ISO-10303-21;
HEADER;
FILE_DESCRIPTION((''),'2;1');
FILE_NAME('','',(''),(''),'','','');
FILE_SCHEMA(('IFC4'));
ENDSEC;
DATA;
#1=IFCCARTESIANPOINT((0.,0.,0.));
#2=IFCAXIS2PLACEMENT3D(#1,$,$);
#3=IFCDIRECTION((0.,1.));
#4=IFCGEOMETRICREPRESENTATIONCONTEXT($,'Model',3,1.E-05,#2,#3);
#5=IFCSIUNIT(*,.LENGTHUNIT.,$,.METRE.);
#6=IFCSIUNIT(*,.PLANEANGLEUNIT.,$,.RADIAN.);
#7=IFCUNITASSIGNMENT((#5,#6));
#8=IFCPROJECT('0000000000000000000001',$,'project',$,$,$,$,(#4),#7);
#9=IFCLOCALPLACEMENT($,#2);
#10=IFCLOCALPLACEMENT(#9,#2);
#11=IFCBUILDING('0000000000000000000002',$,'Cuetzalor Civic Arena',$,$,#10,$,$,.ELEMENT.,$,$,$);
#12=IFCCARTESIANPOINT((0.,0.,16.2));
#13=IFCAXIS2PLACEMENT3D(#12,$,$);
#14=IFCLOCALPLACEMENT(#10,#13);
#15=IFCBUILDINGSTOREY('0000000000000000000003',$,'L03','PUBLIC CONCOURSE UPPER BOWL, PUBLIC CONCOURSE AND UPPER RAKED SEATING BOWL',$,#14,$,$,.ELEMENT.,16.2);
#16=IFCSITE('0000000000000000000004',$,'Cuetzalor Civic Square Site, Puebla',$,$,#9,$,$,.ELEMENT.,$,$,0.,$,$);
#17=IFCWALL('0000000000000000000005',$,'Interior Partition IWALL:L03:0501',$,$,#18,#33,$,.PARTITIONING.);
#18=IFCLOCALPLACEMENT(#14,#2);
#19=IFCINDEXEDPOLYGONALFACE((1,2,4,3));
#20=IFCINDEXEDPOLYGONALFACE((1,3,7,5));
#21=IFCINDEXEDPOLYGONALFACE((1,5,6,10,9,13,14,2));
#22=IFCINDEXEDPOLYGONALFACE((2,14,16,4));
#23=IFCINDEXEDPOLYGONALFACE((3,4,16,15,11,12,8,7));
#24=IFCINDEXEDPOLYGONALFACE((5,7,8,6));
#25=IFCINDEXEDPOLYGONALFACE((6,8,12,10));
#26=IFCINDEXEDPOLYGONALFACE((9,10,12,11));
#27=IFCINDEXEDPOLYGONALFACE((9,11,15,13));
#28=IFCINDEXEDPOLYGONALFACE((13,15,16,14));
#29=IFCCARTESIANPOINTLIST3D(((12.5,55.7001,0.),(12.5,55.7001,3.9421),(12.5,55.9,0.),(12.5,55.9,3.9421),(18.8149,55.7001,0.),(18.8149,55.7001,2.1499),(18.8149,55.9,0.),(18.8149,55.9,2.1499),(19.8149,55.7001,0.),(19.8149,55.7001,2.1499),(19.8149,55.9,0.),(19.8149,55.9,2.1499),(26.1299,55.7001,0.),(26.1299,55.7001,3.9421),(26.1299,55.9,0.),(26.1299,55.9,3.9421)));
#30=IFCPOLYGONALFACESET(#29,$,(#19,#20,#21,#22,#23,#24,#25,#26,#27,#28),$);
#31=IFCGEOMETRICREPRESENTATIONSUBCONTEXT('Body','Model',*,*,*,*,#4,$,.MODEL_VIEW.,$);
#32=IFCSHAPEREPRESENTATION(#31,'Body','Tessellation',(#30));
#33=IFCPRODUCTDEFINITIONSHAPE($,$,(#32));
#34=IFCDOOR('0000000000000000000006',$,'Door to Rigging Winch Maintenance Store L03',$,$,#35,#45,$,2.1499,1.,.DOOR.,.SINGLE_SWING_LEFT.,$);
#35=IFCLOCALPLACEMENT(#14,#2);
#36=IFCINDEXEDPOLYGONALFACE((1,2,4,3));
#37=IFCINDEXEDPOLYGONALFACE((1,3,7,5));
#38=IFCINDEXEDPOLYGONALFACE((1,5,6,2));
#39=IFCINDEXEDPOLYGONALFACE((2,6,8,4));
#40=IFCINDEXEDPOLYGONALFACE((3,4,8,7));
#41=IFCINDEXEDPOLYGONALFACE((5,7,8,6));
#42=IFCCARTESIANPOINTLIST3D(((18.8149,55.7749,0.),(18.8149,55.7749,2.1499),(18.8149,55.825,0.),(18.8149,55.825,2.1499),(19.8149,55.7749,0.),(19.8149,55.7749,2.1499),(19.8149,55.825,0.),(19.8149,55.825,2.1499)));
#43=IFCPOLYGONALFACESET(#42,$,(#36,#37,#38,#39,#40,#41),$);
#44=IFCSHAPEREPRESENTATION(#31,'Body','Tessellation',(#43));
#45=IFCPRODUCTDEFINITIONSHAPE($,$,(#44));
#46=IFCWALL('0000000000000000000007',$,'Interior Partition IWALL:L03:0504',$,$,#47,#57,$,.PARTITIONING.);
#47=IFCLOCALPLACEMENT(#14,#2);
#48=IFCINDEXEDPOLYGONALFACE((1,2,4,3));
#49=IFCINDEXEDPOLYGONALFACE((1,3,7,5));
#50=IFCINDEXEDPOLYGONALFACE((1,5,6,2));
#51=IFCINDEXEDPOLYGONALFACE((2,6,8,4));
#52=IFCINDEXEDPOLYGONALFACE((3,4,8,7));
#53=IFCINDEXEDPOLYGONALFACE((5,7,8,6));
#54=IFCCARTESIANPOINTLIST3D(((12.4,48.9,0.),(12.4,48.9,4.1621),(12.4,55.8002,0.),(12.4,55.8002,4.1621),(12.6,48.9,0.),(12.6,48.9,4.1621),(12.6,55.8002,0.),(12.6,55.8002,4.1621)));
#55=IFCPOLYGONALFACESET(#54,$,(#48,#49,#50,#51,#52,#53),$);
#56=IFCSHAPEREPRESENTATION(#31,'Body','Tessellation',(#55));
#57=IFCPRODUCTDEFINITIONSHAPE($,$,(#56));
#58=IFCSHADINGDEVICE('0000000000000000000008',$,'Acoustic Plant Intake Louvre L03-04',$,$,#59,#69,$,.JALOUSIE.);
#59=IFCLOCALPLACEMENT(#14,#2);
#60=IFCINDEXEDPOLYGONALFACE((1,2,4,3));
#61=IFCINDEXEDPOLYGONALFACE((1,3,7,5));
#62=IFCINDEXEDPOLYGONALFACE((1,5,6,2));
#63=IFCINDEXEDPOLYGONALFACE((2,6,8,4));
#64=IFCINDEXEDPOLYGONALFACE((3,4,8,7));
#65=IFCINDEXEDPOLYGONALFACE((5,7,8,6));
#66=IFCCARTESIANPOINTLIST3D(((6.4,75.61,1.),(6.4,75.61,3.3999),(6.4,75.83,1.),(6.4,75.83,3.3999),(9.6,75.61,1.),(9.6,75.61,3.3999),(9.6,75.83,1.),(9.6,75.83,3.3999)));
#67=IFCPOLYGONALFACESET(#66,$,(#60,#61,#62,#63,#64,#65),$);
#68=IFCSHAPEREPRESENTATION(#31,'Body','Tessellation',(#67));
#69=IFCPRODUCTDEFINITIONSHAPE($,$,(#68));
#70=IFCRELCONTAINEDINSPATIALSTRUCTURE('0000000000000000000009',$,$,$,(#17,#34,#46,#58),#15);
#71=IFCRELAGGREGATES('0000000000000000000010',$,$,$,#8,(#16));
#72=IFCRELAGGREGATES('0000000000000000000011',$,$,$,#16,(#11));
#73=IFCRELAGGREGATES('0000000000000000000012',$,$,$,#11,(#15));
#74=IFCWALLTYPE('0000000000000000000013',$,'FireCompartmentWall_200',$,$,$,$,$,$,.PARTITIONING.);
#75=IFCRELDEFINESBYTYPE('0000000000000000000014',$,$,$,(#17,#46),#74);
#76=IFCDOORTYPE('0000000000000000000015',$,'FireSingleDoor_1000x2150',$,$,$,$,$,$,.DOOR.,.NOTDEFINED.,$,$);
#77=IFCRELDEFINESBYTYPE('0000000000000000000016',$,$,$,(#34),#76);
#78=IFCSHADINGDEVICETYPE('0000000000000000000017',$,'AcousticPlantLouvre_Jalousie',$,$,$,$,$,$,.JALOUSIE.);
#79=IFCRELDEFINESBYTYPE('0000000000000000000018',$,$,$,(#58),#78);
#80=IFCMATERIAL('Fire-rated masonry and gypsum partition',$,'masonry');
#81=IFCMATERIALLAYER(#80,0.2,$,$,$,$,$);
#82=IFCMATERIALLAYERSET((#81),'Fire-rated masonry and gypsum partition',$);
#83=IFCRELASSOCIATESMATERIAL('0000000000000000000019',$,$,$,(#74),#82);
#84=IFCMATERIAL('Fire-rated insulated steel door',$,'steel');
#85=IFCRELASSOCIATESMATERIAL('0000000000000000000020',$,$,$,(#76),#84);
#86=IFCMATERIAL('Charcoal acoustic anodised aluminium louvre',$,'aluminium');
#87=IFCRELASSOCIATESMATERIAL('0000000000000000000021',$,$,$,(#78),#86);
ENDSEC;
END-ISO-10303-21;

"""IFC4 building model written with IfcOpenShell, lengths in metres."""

from ifc_helpers import new_model, si_unit, direction, frame, frame_2d, origin, origin_2d, place, context, subcontext, project, spatial, rectangle, extrude, material, layer, layer_set, type_object, element, fill, save


model = new_model("IFC4")

# Units and contexts
model_context = context("Model", 3, precision=1e-05, world=origin(), true_north=direction((0.0, 1.0)))
body_context = subcontext(model_context, "Body", "Model", "MODEL_VIEW")
ifc_project = project(units=[si_unit("LENGTHUNIT", "METRE"), si_unit("PLANEANGLEUNIT", "RADIAN")], contexts=[model_context])

# Site, building, storey
site_placement = place(None, origin())
site = spatial("IfcSite", under=ifc_project, at=site_placement, Name="Cuetzalor Civic Square Site, Puebla", CompositionType="ELEMENT", RefElevation=0.0)
building_placement = place(site_placement, origin())
building = spatial("IfcBuilding", under=site, at=building_placement, Name="Cuetzalor Civic Arena", CompositionType="ELEMENT")
storey_placement = place(building_placement, frame((0.0, 0.0, 16.2)))
storey = spatial("IfcBuildingStorey", under=building, at=storey_placement, Name="L03", Description="PUBLIC CONCOURSE UPPER BOWL, PUBLIC CONCOURSE AND UPPER RAKED SEATING BOWL", CompositionType="ELEMENT", Elevation=16.2)

# Shared definitions
ifc_material_1 = material(Name="Fire-rated masonry and gypsum partition", Category="masonry")
ifc_layer_1 = layer(ifc_material_1, 0.2)
ifc_layer_set_1 = layer_set([ifc_layer_1], Name="Fire-rated masonry and gypsum partition")
wall_type_1 = type_object("IfcWallType", Name="FireCompartmentWall_200", PredefinedType="PARTITIONING", material=ifc_layer_set_1)
ifc_material_2 = material(Name="Fire-rated insulated steel door", Category="steel")
door_type = type_object("IfcDoorType", Name="FireSingleDoor_1000x2150", OperationType="NOTDEFINED", PredefinedType="DOOR", material=ifc_material_2)

# Wall, opening, door
wall_1_placement = place(storey_placement, frame((12.5, 55.8, 0.0), z_axis=(0.0, 0.0, 1.0), x_axis=(1.0, 0.0, 0.0)))
wall_1 = element("IfcWall", 1, at=wall_1_placement, inside=storey, type_object=wall_type_1, Name="Interior Partition IWALL:L03:0501", PredefinedType="PARTITIONING", context=body_context, shape_type="SweptSolid", body=[
    extrude(rectangle(XDim=13.6299, YDim=0.2, at=frame_2d((6.8149, 0.0))), origin(), (0.0, 0.0, 1.0), 3.9421),
])
opening_1_placement = place(wall_1_placement, frame((6.3149, 0.0, 0.0)))
opening_1 = element("IfcOpeningElement", 2, at=opening_1_placement, cuts=wall_1, PredefinedType="OPENING", context=body_context, shape_type="SweptSolid", body=[
    extrude(rectangle(XDim=1.0, YDim=2.1499, at=frame_2d((0.5, 1.075))), frame((0.0, 0.1099, 0.0), z_axis=(0.0, -1.0, 0.0), x_axis=(1.0, 0.0, 0.0)), (0.0, 0.0, 1.0), 0.22),
])
door_1_placement = place(opening_1_placement, origin())
door_1 = element("IfcDoor", 3, at=door_1_placement, inside=storey, type_object=door_type, Name="Door to Rigging Winch Maintenance Store L03", OperationType="SINGLE_SWING_LEFT", OverallHeight=2.1499, OverallWidth=1.0, PredefinedType="DOOR", context=body_context, shape_type="SweptSolid", body=[
    extrude(rectangle(XDim=1.0, YDim=2.1499, at=frame_2d((0.5, 1.075))), frame((0.0, 0.0249, 0.0), z_axis=(0.0, -1.0, 0.0), x_axis=(1.0, 0.0, 0.0)), (0.0, 0.0, 1.0), 0.05),
])
fill(opening_1, door_1)

# Wall
wall_2_placement = place(storey_placement, frame((12.5, 48.8999, 0.0), z_axis=(0.0, 0.0, 1.0), x_axis=(0.0, 1.0, 0.0)))
element("IfcWall", 4, at=wall_2_placement, inside=storey, type_object=wall_type_1, Name="Interior Partition IWALL:L03:0504", PredefinedType="PARTITIONING", context=body_context, shape_type="SweptSolid", body=[
    extrude(rectangle(XDim=6.9001, YDim=0.2, at=frame_2d((3.4502, 0.0))), origin(), (0.0, 0.0, 1.0), 4.1621),
])

# Shading device
ifc_material_3 = material(Name="Charcoal acoustic anodised aluminium louvre", Category="aluminium")
shading_device_type = type_object("IfcShadingDeviceType", Name="AcousticPlantLouvre_Jalousie", PredefinedType="JALOUSIE", material=ifc_material_3)
shading_device_placement = place(storey_placement, frame((8.0, 75.72, 1.0), z_axis=(0.0, 0.0, 1.0), x_axis=(1.0, 0.0, 0.0)))
element("IfcShadingDevice", 5, at=shading_device_placement, inside=storey, type_object=shading_device_type, Name="Acoustic Plant Intake Louvre L03-04", PredefinedType="JALOUSIE", context=body_context, shape_type="SweptSolid", body=[
    extrude(rectangle(XDim=3.2, YDim=0.22, at=origin_2d()), origin(), (0.0, 0.0, 1.0), 2.3999),
])

save(model, "model.ifc")
